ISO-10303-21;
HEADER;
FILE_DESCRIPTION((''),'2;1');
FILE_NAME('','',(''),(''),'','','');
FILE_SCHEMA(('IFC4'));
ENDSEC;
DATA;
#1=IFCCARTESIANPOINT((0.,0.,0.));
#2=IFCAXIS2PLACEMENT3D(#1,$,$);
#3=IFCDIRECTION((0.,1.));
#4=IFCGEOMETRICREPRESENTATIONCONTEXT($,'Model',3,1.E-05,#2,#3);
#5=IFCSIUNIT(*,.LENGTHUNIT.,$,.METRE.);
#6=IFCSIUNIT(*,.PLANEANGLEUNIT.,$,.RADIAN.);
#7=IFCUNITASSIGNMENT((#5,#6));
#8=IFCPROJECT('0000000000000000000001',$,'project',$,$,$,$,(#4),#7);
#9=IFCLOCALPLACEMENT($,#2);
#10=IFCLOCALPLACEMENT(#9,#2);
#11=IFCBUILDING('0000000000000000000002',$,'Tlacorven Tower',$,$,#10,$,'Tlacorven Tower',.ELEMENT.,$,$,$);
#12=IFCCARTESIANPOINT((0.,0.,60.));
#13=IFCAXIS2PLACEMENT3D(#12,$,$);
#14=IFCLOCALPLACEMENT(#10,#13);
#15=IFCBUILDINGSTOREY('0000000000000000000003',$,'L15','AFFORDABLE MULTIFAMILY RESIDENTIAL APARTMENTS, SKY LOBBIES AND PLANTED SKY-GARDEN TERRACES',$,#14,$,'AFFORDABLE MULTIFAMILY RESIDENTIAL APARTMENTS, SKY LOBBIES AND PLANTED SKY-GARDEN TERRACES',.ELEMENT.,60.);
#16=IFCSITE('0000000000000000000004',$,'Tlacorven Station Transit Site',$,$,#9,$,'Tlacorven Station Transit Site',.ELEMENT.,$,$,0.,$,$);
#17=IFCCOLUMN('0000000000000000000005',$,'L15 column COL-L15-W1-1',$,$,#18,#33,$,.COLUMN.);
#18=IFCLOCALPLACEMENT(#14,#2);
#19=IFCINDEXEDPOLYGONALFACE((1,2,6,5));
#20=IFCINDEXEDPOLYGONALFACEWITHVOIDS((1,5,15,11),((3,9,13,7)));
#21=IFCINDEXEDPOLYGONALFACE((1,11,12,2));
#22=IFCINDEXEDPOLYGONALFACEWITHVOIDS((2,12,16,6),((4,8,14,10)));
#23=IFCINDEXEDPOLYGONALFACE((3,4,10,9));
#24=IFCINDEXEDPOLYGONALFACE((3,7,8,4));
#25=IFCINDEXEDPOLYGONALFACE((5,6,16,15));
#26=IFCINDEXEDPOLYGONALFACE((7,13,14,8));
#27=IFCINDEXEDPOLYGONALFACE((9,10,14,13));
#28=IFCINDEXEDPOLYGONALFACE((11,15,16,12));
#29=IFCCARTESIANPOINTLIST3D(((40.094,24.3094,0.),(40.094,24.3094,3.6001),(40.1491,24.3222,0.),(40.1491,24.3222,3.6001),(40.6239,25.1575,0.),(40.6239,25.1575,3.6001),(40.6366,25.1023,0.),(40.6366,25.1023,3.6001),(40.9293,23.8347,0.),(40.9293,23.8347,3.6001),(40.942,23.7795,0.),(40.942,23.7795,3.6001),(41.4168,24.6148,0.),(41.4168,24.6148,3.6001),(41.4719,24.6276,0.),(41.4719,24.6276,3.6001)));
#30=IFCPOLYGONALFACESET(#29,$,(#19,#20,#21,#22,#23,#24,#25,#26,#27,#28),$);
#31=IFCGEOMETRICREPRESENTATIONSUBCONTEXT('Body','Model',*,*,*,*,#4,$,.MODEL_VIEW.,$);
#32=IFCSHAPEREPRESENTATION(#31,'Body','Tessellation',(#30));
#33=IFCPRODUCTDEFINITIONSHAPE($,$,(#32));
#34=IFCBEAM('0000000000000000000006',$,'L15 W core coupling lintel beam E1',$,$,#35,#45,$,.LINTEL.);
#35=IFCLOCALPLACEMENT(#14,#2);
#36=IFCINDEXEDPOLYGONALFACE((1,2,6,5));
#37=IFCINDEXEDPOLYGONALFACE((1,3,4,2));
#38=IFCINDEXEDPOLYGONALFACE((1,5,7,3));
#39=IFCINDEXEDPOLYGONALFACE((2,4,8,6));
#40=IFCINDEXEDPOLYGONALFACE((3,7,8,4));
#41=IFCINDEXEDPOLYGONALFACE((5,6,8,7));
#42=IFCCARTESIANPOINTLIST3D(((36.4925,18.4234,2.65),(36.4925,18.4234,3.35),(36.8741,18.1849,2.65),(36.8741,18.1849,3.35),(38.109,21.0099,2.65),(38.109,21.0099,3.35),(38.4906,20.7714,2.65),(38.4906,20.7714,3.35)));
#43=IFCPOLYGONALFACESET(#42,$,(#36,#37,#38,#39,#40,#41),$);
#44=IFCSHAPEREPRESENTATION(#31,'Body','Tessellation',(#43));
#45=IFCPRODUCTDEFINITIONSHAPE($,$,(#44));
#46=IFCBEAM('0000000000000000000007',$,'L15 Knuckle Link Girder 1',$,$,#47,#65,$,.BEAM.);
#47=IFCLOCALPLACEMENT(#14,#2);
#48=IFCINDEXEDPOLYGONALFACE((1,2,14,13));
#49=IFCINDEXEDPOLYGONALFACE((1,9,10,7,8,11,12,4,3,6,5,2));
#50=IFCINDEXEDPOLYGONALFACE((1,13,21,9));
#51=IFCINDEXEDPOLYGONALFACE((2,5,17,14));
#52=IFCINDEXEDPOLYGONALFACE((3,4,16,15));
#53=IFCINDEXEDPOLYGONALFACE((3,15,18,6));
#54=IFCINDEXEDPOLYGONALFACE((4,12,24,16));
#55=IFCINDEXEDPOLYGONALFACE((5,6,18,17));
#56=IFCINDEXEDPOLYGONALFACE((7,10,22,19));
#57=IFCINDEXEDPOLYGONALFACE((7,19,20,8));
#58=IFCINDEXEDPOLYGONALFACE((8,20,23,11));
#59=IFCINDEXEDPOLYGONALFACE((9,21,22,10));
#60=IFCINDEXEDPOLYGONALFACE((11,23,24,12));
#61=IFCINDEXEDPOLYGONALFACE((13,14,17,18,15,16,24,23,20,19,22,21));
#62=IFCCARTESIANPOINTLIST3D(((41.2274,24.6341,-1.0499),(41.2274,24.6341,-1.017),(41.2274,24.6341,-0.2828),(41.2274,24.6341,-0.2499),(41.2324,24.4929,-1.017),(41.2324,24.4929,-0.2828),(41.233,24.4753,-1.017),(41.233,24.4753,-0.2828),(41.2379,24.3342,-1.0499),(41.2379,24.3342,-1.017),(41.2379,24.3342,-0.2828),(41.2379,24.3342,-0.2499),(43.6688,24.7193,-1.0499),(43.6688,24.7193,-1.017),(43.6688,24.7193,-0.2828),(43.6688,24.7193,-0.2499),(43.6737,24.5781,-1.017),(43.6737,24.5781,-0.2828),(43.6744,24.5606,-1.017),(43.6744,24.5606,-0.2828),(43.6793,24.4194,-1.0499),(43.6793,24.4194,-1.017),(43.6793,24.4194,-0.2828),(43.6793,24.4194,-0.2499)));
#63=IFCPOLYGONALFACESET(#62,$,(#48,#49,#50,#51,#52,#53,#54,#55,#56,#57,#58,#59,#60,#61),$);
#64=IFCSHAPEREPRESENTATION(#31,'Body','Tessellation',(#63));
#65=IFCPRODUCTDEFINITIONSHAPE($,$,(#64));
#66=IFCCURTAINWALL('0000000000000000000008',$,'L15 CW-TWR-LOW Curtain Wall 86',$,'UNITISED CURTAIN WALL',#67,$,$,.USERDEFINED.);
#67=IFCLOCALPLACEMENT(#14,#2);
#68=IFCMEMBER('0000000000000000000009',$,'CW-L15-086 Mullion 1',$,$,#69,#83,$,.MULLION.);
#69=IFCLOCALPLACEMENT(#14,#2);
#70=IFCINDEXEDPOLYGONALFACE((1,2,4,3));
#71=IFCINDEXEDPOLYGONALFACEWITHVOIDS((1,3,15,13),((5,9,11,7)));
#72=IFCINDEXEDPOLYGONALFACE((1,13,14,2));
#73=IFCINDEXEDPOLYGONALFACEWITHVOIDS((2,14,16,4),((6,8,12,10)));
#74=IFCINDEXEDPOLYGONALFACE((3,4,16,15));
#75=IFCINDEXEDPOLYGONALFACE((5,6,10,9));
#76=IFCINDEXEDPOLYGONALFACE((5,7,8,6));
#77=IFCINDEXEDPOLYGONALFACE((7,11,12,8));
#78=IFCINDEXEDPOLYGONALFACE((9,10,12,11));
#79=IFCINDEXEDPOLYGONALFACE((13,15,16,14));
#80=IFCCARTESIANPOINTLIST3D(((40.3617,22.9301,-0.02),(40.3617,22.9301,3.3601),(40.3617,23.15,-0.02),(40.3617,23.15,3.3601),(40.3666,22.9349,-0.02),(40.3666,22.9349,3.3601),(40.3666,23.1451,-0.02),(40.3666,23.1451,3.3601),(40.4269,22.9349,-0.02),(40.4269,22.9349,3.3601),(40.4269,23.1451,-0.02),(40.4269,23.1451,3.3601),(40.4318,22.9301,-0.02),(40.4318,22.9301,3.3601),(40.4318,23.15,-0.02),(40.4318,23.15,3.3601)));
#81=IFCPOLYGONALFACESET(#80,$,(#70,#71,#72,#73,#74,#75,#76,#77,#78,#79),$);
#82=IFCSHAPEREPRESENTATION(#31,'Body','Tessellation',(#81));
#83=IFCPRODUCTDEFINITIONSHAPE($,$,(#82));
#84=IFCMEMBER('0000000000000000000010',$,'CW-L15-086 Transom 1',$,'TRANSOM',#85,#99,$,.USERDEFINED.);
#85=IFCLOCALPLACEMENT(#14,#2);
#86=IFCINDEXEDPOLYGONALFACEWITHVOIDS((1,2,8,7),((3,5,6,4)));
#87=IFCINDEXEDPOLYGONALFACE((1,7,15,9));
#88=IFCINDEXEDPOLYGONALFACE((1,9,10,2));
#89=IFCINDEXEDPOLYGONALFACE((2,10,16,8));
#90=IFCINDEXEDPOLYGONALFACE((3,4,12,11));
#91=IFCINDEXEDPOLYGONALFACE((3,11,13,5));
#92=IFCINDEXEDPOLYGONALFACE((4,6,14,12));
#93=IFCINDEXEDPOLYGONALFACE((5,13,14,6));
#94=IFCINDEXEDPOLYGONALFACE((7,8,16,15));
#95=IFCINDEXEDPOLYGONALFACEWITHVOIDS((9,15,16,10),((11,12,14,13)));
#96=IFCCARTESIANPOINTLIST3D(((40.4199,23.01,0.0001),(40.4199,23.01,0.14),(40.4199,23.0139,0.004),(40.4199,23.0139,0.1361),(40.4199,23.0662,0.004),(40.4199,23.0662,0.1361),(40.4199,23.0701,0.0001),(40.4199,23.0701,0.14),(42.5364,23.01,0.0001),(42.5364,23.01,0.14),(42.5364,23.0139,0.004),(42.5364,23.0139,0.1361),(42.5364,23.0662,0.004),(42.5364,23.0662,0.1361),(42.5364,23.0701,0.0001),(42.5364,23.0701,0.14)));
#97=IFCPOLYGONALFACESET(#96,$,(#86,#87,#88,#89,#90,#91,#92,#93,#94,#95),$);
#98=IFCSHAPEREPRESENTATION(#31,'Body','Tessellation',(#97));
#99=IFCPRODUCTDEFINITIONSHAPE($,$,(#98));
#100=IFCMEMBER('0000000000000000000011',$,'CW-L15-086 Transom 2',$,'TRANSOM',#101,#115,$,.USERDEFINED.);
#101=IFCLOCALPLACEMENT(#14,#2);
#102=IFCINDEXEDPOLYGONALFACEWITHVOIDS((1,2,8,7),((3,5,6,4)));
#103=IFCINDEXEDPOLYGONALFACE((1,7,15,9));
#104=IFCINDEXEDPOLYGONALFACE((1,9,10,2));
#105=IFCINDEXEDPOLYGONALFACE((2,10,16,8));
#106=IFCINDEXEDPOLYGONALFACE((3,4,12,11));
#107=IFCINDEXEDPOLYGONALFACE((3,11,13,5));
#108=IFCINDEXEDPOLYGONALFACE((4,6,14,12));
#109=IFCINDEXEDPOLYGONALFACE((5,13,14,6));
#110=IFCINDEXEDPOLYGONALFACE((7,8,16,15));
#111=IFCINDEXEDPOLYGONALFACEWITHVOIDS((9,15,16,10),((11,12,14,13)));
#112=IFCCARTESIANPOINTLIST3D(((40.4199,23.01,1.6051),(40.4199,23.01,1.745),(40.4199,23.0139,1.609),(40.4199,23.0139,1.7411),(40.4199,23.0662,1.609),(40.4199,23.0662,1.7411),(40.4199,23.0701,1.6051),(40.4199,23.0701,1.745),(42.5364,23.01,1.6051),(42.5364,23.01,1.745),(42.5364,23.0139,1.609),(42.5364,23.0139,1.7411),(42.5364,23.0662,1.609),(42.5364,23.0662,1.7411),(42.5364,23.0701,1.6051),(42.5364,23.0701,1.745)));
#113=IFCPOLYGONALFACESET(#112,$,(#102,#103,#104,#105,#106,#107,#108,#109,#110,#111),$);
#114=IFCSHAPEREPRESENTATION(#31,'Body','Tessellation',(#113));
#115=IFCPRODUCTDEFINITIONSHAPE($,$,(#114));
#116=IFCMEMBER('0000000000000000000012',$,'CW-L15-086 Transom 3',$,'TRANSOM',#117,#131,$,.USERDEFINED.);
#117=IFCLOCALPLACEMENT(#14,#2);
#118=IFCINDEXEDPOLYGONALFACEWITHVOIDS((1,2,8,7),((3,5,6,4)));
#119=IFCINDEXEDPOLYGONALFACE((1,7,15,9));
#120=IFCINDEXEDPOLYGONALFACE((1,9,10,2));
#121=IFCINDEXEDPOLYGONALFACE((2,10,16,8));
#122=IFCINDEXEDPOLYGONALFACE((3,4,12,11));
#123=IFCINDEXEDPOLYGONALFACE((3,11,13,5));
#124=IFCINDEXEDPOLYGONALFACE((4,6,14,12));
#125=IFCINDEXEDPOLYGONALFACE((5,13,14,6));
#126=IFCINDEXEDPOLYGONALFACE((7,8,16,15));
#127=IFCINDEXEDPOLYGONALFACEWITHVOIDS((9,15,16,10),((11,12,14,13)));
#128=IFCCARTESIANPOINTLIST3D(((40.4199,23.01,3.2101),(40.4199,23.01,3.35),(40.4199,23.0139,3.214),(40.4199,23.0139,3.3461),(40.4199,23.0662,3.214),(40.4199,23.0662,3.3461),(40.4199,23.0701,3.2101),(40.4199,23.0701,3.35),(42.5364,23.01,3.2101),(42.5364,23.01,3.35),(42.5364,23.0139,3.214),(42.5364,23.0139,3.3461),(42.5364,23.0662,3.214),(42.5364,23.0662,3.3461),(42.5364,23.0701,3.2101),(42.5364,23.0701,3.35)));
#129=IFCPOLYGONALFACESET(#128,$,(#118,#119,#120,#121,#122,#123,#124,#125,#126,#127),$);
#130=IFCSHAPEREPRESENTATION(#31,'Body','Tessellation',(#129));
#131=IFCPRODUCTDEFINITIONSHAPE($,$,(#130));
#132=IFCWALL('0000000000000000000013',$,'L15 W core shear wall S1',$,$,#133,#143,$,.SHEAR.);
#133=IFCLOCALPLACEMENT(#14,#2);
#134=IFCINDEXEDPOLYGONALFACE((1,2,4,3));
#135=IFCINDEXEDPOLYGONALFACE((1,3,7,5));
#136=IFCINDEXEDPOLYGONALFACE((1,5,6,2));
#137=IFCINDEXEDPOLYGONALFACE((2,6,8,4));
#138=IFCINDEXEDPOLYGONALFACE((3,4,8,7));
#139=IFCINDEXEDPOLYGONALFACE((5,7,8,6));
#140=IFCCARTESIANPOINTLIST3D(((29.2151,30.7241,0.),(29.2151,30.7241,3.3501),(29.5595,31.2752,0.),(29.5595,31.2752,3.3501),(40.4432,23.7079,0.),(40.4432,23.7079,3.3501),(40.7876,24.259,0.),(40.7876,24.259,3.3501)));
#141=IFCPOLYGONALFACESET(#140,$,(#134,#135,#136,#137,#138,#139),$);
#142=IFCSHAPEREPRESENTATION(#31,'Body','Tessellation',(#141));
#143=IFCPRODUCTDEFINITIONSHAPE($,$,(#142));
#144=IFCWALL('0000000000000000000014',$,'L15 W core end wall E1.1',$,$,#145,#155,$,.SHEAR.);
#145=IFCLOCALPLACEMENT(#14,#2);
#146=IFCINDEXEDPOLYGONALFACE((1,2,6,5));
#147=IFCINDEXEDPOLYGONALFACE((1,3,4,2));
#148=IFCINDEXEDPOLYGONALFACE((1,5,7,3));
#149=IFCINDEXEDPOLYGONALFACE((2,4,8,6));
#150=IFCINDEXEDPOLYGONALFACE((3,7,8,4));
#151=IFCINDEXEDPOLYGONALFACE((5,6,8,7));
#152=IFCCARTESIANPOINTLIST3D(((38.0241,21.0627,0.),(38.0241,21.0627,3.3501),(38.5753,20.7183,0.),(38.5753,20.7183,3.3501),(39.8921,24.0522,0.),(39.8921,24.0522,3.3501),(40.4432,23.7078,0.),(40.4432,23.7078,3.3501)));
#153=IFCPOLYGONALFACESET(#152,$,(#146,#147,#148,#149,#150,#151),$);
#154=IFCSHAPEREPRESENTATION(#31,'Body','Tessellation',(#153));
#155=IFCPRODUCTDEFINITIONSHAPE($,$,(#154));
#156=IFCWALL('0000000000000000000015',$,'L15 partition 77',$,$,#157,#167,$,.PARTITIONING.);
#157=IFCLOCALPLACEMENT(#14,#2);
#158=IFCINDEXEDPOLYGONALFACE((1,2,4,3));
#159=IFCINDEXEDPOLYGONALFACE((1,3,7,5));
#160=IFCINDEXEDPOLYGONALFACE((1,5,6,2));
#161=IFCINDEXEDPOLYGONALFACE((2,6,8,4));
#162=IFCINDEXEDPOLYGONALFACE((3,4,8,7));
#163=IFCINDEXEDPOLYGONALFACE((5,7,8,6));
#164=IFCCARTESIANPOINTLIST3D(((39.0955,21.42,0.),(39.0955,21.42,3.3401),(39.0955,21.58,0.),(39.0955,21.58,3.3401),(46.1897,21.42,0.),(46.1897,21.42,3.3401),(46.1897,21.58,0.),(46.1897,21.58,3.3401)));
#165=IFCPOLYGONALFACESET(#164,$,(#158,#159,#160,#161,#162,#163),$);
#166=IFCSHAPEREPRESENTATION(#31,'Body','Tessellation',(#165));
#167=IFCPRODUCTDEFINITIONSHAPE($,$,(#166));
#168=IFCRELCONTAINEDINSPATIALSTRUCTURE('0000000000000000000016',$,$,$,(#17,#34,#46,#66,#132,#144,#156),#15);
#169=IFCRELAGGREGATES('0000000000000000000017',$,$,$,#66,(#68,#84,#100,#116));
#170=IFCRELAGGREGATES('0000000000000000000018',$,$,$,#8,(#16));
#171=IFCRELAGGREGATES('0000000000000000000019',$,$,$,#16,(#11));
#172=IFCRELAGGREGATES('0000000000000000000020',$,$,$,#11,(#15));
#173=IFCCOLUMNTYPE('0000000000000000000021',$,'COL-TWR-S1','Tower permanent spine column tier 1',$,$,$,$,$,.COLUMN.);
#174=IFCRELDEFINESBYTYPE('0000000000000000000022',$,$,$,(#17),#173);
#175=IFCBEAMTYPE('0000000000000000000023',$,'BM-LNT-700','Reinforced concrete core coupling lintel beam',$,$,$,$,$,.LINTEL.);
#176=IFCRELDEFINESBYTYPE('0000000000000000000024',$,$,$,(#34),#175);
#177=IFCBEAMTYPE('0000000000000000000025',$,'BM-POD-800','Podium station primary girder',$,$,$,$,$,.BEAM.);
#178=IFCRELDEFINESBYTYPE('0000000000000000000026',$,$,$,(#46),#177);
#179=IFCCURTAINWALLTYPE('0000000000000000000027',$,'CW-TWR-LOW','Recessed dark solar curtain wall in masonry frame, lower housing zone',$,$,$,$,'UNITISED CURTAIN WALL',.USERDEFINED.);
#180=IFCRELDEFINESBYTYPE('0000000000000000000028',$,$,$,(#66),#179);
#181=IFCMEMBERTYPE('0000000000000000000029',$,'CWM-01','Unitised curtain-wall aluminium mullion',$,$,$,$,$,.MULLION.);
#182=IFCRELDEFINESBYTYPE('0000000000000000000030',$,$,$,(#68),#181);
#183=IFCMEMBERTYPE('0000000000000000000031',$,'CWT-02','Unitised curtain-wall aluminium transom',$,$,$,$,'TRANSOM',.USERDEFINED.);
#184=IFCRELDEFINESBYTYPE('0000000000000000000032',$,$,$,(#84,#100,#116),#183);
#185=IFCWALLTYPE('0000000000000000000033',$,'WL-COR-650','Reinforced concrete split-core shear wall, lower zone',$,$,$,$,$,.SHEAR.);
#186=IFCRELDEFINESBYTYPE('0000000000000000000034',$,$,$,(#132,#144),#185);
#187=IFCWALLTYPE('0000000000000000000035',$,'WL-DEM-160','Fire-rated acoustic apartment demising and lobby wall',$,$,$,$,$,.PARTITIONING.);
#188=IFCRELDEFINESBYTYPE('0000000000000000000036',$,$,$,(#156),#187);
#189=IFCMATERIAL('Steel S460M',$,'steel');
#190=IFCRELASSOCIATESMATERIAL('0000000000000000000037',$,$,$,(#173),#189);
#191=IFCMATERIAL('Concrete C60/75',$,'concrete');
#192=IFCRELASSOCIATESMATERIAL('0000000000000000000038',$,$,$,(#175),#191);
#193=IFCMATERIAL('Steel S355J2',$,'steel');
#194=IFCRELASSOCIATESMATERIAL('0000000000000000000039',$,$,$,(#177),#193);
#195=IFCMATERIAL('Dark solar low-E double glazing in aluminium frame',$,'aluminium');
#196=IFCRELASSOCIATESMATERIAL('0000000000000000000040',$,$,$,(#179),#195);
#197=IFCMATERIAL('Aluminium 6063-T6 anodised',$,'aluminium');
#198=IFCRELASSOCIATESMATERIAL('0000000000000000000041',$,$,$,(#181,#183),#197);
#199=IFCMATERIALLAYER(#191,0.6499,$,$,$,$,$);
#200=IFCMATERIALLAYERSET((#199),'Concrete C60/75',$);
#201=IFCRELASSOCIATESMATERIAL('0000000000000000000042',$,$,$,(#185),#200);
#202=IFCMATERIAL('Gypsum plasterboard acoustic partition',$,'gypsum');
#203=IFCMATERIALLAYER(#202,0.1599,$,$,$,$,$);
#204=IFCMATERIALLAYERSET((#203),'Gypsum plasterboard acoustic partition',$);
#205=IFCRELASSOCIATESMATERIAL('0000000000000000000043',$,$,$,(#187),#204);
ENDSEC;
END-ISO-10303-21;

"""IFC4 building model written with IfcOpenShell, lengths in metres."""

from ifc_helpers import new_model, si_unit, direction, frame, frame_2d, origin, origin_2d, place, context, subcontext, project, spatial, rectangle, hollow_rectangle, i_section, extrude, source, transform, mapped, material, layer, layer_set, material_profile, profile_set, type_object, element, aggregate, save


model = new_model("IFC4")

# Units and contexts
model_context = context("Model", 3, precision=1e-05, world=origin(), true_north=direction((0.0, 1.0)))
body_context = subcontext(model_context, "Body", "Model", "MODEL_VIEW")
ifc_project = project(units=[si_unit("LENGTHUNIT", "METRE"), si_unit("PLANEANGLEUNIT", "RADIAN")], contexts=[model_context])

# Site, building, storey
site_placement = place(None, origin())
site = spatial("IfcSite", under=ifc_project, at=site_placement, Name="Tlacorven Station Transit Site", LongName="Tlacorven Station Transit Site", CompositionType="ELEMENT", RefElevation=0.0)
building_placement = place(site_placement, origin())
building = spatial("IfcBuilding", under=site, at=building_placement, Name="Tlacorven Tower", LongName="Tlacorven Tower", CompositionType="ELEMENT")
storey_placement = place(building_placement, frame((0.0, 0.0, 60.0)))
storey = spatial("IfcBuildingStorey", under=building, at=storey_placement, Name="L15", Description="AFFORDABLE MULTIFAMILY RESIDENTIAL APARTMENTS, SKY LOBBIES AND PLANTED SKY-GARDEN TERRACES", LongName="AFFORDABLE MULTIFAMILY RESIDENTIAL APARTMENTS, SKY LOBBIES AND PLANTED SKY-GARDEN TERRACES", CompositionType="ELEMENT", Elevation=60.0)

# Column
ifc_material_1 = material(Name="Steel S460M", Category="steel")
ifc_material_profile_1 = material_profile(ifc_material_1, hollow_rectangle(XDim=1.0, YDim=1.0, WallThickness=0.04, at=origin_2d()), Name="BOX 1000X1000X40")
ifc_profile_set_1 = profile_set([ifc_material_profile_1], Name="Steel S460M")
column_type = type_object("IfcColumnType", Name="COL-TWR-S1", Description="Tower permanent spine column tier 1", PredefinedType="COLUMN", material=ifc_profile_set_1)
shared_shape_1 = source(origin(), body_context, "Body", "SweptSolid", [
    extrude(hollow_rectangle(XDim=1.0, YDim=1.0, WallThickness=0.04, at=origin_2d()), origin(), (0.0, 0.0, 1.0), 3.6001),
])
column_placement = place(storey_placement, frame((40.783, 24.4685, 0.0), z_axis=(0.0, 0.0, 1.0), x_axis=(-0.848048, 0.529919, 0.0)))
element("IfcColumn", 1, at=column_placement, inside=storey, type_object=column_type, Name="L15 column COL-L15-W1-1", PredefinedType="COLUMN", context=body_context, shape_type="MappedRepresentation", body=[
    mapped(shared_shape_1, transform((0.0, 0.0, 0.0), scale=1.0)),
])

# Beams
ifc_material_2 = material(Name="Concrete C60/75", Category="concrete")
ifc_material_profile_2 = material_profile(ifc_material_2, rectangle(XDim=0.45, YDim=0.7, at=origin_2d()), Name="RC 450X700")
ifc_profile_set_2 = profile_set([ifc_material_profile_2], Name="Concrete C60/75")
beam_type_1 = type_object("IfcBeamType", Name="BM-LNT-700", Description="Reinforced concrete core coupling lintel beam", PredefinedType="LINTEL", material=ifc_profile_set_2)
shared_shape_2 = source(origin(), body_context, "Body", "SweptSolid", [
    extrude(rectangle(XDim=0.45, YDim=0.7, at=origin_2d()), origin(), (0.0, 0.0, 1.0), 3.05),
])
beam_1_placement = place(storey_placement, frame((38.2998, 20.8906, 3.0), z_axis=(-0.529985, -0.848007, 0.0), x_axis=(0.848007, -0.529985, 0.0)))
element("IfcBeam", 2, at=beam_1_placement, inside=storey, type_object=beam_type_1, Name="L15 W core coupling lintel beam E1", PredefinedType="LINTEL", context=body_context, shape_type="MappedRepresentation", body=[
    mapped(shared_shape_2, transform((0.0, 0.0, 0.0), scale=1.0)),
])
ifc_material_3 = material(Name="Steel S355J2", Category="steel")
ifc_material_profile_3 = material_profile(ifc_material_3, i_section(OverallWidth=0.3, OverallDepth=0.8, WebThickness=0.0176, FlangeThickness=0.033, at=origin_2d()), Name="HEB 800")
ifc_profile_set_3 = profile_set([ifc_material_profile_3], Name="Steel S355J2")
beam_type_2 = type_object("IfcBeamType", Name="BM-POD-800", Description="Podium station primary girder", PredefinedType="BEAM", material=ifc_profile_set_3)
shared_shape_3 = source(origin(), body_context, "Body", "SweptSolid", [
    extrude(i_section(OverallWidth=0.3, OverallDepth=0.8, WebThickness=0.0176, FlangeThickness=0.033, at=origin_2d()), origin(), (0.0, 0.0, 1.0), 2.4429),
])
beam_2_placement = place(storey_placement, frame((41.2327, 24.4841, -0.6499), z_axis=(0.999392, 0.034879, 0.0), x_axis=(-0.034879, 0.999392, 0.0)))
element("IfcBeam", 3, at=beam_2_placement, inside=storey, type_object=beam_type_2, Name="L15 Knuckle Link Girder 1", PredefinedType="BEAM", context=body_context, shape_type="MappedRepresentation", body=[
    mapped(shared_shape_3, transform((0.0, 0.0, 0.0), scale=1.0)),
])

# Curtain wall, members
ifc_material_4 = material(Name="Dark solar low-E double glazing in aluminium frame", Category="aluminium")
curtain_wall_type = type_object("IfcCurtainWallType", Name="CW-TWR-LOW", Description="Recessed dark solar curtain wall in masonry frame, lower housing zone", ElementType="UNITISED CURTAIN WALL", PredefinedType="USERDEFINED", material=ifc_material_4)
curtain_wall_placement = place(storey_placement, origin())
curtain_wall = element("IfcCurtainWall", 4, at=curtain_wall_placement, inside=storey, type_object=curtain_wall_type, Name="L15 CW-TWR-LOW Curtain Wall 86", ObjectType="UNITISED CURTAIN WALL", PredefinedType="USERDEFINED")
ifc_material_5 = material(Name="Aluminium 6063-T6 anodised", Category="aluminium")
ifc_material_profile_4 = material_profile(ifc_material_5, hollow_rectangle(XDim=0.0701, YDim=0.22, WallThickness=0.0049, at=origin_2d()), Name="ALU MULLION 70X220")
ifc_profile_set_4 = profile_set([ifc_material_profile_4], Name="Aluminium 6063-T6 anodised")
member_type_1 = type_object("IfcMemberType", Name="CWM-01", Description="Unitised curtain-wall aluminium mullion", PredefinedType="MULLION", material=ifc_profile_set_4)
shared_shape_4 = source(origin(), body_context, "Body", "SweptSolid", [
    extrude(hollow_rectangle(XDim=0.0701, YDim=0.22, WallThickness=0.0049, at=origin_2d()), origin(), (0.0, 0.0, 1.0), 3.3801),
])
member_1_placement = place(storey_placement, frame((40.3967, 23.04, -0.02), z_axis=(0.0, 0.0, 1.0), x_axis=(1.0, 0.0, 0.0)))
member_1 = element("IfcMember", 5, at=member_1_placement, type_object=member_type_1, Name="CW-L15-086 Mullion 1", PredefinedType="MULLION", context=body_context, shape_type="MappedRepresentation", body=[
    mapped(shared_shape_4, transform((0.0, 0.0, 0.0), scale=1.0)),
])
ifc_material_profile_5 = material_profile(ifc_material_5, hollow_rectangle(XDim=0.0601, YDim=0.1399, WallThickness=0.0039, at=origin_2d()), Name="ALU TRANSOM 60X140")
ifc_profile_set_5 = profile_set([ifc_material_profile_5], Name="Aluminium 6063-T6 anodised")
member_type_2 = type_object("IfcMemberType", Name="CWT-02", Description="Unitised curtain-wall aluminium transom", ElementType="TRANSOM", PredefinedType="USERDEFINED", material=ifc_profile_set_5)
shared_shape_5 = source(origin(), body_context, "Body", "SweptSolid", [
    extrude(hollow_rectangle(XDim=0.0601, YDim=0.1399, WallThickness=0.0039, at=origin_2d()), origin(), (0.0, 0.0, 1.0), 2.1165),
])
member_2_placement = place(storey_placement, frame((40.4199, 23.04, 0.0701), z_axis=(1.0, 0.0, 0.0), x_axis=(0.0, 1.0, 0.0)))
member_2 = element("IfcMember", 6, at=member_2_placement, type_object=member_type_2, Name="CW-L15-086 Transom 1", ObjectType="TRANSOM", PredefinedType="USERDEFINED", context=body_context, shape_type="MappedRepresentation", body=[
    mapped(shared_shape_5, transform((0.0, 0.0, 0.0), scale=1.0)),
])
member_3_placement = place(storey_placement, frame((40.4199, 23.04, 1.675), z_axis=(1.0, 0.0, 0.0), x_axis=(0.0, 1.0, 0.0)))
member_3 = element("IfcMember", 7, at=member_3_placement, type_object=member_type_2, Name="CW-L15-086 Transom 2", ObjectType="TRANSOM", PredefinedType="USERDEFINED", context=body_context, shape_type="MappedRepresentation", body=[
    mapped(shared_shape_5, transform((0.0, 0.0, 0.0), scale=1.0)),
])
member_4_placement = place(storey_placement, frame((40.4199, 23.04, 3.28), z_axis=(1.0, 0.0, 0.0), x_axis=(0.0, 1.0, 0.0)))
member_4 = element("IfcMember", 8, at=member_4_placement, type_object=member_type_2, Name="CW-L15-086 Transom 3", ObjectType="TRANSOM", PredefinedType="USERDEFINED", context=body_context, shape_type="MappedRepresentation", body=[
    mapped(shared_shape_5, transform((0.0, 0.0, 0.0), scale=1.0)),
])
aggregate(curtain_wall, [member_1, member_2, member_3, member_4])

# Walls
ifc_layer_1 = layer(ifc_material_2, 0.6499)
ifc_layer_set_1 = layer_set([ifc_layer_1], Name="Concrete C60/75")
wall_type_1 = type_object("IfcWallType", Name="WL-COR-650", Description="Reinforced concrete split-core shear wall, lower zone", PredefinedType="SHEAR", material=ifc_layer_set_1)
wall_1_placement = place(storey_placement, frame((40.6155, 23.9834, 0.0), z_axis=(0.0, 0.0, 1.0), x_axis=(-0.848046, 0.529923, 0.0)))
element("IfcWall", 9, at=wall_1_placement, inside=storey, type_object=wall_type_1, Name="L15 W core shear wall S1", PredefinedType="SHEAR", context=body_context, shape_type="SweptSolid", body=[
    extrude(rectangle(XDim=13.24, YDim=0.6499, at=frame_2d((6.6201, 0.0))), origin(), (0.0, 0.0, 1.0), 3.3501),
])
wall_2_placement = place(storey_placement, frame((40.1677, 23.8801, 0.0), z_axis=(0.0, 0.0, 1.0), x_axis=(-0.529893, -0.848064, 0.0)))
element("IfcWall", 10, at=wall_2_placement, inside=storey, type_object=wall_type_1, Name="L15 W core end wall E1.1", PredefinedType="SHEAR", context=body_context, shape_type="SweptSolid", body=[
    extrude(rectangle(XDim=3.5251, YDim=0.6499, at=frame_2d((1.7627, 0.0))), origin(), (0.0, 0.0, 1.0), 3.3501),
])
ifc_material_6 = material(Name="Gypsum plasterboard acoustic partition", Category="gypsum")
ifc_layer_2 = layer(ifc_material_6, 0.1599)
ifc_layer_set_2 = layer_set([ifc_layer_2], Name="Gypsum plasterboard acoustic partition")
wall_type_2 = type_object("IfcWallType", Name="WL-DEM-160", Description="Fire-rated acoustic apartment demising and lobby wall", PredefinedType="PARTITIONING", material=ifc_layer_set_2)
wall_3_placement = place(storey_placement, frame((39.0955, 21.5, 0.0), z_axis=(0.0, 0.0, 1.0), x_axis=(1.0, 0.0, 0.0)))
element("IfcWall", 11, at=wall_3_placement, inside=storey, type_object=wall_type_2, Name="L15 partition 77", PredefinedType="PARTITIONING", context=body_context, shape_type="SweptSolid", body=[
    extrude(rectangle(XDim=7.0942, YDim=0.1599, at=frame_2d((3.5471, 0.0))), origin(), (0.0, 0.0, 1.0), 3.3401),
])

save(model, "model.ifc")
